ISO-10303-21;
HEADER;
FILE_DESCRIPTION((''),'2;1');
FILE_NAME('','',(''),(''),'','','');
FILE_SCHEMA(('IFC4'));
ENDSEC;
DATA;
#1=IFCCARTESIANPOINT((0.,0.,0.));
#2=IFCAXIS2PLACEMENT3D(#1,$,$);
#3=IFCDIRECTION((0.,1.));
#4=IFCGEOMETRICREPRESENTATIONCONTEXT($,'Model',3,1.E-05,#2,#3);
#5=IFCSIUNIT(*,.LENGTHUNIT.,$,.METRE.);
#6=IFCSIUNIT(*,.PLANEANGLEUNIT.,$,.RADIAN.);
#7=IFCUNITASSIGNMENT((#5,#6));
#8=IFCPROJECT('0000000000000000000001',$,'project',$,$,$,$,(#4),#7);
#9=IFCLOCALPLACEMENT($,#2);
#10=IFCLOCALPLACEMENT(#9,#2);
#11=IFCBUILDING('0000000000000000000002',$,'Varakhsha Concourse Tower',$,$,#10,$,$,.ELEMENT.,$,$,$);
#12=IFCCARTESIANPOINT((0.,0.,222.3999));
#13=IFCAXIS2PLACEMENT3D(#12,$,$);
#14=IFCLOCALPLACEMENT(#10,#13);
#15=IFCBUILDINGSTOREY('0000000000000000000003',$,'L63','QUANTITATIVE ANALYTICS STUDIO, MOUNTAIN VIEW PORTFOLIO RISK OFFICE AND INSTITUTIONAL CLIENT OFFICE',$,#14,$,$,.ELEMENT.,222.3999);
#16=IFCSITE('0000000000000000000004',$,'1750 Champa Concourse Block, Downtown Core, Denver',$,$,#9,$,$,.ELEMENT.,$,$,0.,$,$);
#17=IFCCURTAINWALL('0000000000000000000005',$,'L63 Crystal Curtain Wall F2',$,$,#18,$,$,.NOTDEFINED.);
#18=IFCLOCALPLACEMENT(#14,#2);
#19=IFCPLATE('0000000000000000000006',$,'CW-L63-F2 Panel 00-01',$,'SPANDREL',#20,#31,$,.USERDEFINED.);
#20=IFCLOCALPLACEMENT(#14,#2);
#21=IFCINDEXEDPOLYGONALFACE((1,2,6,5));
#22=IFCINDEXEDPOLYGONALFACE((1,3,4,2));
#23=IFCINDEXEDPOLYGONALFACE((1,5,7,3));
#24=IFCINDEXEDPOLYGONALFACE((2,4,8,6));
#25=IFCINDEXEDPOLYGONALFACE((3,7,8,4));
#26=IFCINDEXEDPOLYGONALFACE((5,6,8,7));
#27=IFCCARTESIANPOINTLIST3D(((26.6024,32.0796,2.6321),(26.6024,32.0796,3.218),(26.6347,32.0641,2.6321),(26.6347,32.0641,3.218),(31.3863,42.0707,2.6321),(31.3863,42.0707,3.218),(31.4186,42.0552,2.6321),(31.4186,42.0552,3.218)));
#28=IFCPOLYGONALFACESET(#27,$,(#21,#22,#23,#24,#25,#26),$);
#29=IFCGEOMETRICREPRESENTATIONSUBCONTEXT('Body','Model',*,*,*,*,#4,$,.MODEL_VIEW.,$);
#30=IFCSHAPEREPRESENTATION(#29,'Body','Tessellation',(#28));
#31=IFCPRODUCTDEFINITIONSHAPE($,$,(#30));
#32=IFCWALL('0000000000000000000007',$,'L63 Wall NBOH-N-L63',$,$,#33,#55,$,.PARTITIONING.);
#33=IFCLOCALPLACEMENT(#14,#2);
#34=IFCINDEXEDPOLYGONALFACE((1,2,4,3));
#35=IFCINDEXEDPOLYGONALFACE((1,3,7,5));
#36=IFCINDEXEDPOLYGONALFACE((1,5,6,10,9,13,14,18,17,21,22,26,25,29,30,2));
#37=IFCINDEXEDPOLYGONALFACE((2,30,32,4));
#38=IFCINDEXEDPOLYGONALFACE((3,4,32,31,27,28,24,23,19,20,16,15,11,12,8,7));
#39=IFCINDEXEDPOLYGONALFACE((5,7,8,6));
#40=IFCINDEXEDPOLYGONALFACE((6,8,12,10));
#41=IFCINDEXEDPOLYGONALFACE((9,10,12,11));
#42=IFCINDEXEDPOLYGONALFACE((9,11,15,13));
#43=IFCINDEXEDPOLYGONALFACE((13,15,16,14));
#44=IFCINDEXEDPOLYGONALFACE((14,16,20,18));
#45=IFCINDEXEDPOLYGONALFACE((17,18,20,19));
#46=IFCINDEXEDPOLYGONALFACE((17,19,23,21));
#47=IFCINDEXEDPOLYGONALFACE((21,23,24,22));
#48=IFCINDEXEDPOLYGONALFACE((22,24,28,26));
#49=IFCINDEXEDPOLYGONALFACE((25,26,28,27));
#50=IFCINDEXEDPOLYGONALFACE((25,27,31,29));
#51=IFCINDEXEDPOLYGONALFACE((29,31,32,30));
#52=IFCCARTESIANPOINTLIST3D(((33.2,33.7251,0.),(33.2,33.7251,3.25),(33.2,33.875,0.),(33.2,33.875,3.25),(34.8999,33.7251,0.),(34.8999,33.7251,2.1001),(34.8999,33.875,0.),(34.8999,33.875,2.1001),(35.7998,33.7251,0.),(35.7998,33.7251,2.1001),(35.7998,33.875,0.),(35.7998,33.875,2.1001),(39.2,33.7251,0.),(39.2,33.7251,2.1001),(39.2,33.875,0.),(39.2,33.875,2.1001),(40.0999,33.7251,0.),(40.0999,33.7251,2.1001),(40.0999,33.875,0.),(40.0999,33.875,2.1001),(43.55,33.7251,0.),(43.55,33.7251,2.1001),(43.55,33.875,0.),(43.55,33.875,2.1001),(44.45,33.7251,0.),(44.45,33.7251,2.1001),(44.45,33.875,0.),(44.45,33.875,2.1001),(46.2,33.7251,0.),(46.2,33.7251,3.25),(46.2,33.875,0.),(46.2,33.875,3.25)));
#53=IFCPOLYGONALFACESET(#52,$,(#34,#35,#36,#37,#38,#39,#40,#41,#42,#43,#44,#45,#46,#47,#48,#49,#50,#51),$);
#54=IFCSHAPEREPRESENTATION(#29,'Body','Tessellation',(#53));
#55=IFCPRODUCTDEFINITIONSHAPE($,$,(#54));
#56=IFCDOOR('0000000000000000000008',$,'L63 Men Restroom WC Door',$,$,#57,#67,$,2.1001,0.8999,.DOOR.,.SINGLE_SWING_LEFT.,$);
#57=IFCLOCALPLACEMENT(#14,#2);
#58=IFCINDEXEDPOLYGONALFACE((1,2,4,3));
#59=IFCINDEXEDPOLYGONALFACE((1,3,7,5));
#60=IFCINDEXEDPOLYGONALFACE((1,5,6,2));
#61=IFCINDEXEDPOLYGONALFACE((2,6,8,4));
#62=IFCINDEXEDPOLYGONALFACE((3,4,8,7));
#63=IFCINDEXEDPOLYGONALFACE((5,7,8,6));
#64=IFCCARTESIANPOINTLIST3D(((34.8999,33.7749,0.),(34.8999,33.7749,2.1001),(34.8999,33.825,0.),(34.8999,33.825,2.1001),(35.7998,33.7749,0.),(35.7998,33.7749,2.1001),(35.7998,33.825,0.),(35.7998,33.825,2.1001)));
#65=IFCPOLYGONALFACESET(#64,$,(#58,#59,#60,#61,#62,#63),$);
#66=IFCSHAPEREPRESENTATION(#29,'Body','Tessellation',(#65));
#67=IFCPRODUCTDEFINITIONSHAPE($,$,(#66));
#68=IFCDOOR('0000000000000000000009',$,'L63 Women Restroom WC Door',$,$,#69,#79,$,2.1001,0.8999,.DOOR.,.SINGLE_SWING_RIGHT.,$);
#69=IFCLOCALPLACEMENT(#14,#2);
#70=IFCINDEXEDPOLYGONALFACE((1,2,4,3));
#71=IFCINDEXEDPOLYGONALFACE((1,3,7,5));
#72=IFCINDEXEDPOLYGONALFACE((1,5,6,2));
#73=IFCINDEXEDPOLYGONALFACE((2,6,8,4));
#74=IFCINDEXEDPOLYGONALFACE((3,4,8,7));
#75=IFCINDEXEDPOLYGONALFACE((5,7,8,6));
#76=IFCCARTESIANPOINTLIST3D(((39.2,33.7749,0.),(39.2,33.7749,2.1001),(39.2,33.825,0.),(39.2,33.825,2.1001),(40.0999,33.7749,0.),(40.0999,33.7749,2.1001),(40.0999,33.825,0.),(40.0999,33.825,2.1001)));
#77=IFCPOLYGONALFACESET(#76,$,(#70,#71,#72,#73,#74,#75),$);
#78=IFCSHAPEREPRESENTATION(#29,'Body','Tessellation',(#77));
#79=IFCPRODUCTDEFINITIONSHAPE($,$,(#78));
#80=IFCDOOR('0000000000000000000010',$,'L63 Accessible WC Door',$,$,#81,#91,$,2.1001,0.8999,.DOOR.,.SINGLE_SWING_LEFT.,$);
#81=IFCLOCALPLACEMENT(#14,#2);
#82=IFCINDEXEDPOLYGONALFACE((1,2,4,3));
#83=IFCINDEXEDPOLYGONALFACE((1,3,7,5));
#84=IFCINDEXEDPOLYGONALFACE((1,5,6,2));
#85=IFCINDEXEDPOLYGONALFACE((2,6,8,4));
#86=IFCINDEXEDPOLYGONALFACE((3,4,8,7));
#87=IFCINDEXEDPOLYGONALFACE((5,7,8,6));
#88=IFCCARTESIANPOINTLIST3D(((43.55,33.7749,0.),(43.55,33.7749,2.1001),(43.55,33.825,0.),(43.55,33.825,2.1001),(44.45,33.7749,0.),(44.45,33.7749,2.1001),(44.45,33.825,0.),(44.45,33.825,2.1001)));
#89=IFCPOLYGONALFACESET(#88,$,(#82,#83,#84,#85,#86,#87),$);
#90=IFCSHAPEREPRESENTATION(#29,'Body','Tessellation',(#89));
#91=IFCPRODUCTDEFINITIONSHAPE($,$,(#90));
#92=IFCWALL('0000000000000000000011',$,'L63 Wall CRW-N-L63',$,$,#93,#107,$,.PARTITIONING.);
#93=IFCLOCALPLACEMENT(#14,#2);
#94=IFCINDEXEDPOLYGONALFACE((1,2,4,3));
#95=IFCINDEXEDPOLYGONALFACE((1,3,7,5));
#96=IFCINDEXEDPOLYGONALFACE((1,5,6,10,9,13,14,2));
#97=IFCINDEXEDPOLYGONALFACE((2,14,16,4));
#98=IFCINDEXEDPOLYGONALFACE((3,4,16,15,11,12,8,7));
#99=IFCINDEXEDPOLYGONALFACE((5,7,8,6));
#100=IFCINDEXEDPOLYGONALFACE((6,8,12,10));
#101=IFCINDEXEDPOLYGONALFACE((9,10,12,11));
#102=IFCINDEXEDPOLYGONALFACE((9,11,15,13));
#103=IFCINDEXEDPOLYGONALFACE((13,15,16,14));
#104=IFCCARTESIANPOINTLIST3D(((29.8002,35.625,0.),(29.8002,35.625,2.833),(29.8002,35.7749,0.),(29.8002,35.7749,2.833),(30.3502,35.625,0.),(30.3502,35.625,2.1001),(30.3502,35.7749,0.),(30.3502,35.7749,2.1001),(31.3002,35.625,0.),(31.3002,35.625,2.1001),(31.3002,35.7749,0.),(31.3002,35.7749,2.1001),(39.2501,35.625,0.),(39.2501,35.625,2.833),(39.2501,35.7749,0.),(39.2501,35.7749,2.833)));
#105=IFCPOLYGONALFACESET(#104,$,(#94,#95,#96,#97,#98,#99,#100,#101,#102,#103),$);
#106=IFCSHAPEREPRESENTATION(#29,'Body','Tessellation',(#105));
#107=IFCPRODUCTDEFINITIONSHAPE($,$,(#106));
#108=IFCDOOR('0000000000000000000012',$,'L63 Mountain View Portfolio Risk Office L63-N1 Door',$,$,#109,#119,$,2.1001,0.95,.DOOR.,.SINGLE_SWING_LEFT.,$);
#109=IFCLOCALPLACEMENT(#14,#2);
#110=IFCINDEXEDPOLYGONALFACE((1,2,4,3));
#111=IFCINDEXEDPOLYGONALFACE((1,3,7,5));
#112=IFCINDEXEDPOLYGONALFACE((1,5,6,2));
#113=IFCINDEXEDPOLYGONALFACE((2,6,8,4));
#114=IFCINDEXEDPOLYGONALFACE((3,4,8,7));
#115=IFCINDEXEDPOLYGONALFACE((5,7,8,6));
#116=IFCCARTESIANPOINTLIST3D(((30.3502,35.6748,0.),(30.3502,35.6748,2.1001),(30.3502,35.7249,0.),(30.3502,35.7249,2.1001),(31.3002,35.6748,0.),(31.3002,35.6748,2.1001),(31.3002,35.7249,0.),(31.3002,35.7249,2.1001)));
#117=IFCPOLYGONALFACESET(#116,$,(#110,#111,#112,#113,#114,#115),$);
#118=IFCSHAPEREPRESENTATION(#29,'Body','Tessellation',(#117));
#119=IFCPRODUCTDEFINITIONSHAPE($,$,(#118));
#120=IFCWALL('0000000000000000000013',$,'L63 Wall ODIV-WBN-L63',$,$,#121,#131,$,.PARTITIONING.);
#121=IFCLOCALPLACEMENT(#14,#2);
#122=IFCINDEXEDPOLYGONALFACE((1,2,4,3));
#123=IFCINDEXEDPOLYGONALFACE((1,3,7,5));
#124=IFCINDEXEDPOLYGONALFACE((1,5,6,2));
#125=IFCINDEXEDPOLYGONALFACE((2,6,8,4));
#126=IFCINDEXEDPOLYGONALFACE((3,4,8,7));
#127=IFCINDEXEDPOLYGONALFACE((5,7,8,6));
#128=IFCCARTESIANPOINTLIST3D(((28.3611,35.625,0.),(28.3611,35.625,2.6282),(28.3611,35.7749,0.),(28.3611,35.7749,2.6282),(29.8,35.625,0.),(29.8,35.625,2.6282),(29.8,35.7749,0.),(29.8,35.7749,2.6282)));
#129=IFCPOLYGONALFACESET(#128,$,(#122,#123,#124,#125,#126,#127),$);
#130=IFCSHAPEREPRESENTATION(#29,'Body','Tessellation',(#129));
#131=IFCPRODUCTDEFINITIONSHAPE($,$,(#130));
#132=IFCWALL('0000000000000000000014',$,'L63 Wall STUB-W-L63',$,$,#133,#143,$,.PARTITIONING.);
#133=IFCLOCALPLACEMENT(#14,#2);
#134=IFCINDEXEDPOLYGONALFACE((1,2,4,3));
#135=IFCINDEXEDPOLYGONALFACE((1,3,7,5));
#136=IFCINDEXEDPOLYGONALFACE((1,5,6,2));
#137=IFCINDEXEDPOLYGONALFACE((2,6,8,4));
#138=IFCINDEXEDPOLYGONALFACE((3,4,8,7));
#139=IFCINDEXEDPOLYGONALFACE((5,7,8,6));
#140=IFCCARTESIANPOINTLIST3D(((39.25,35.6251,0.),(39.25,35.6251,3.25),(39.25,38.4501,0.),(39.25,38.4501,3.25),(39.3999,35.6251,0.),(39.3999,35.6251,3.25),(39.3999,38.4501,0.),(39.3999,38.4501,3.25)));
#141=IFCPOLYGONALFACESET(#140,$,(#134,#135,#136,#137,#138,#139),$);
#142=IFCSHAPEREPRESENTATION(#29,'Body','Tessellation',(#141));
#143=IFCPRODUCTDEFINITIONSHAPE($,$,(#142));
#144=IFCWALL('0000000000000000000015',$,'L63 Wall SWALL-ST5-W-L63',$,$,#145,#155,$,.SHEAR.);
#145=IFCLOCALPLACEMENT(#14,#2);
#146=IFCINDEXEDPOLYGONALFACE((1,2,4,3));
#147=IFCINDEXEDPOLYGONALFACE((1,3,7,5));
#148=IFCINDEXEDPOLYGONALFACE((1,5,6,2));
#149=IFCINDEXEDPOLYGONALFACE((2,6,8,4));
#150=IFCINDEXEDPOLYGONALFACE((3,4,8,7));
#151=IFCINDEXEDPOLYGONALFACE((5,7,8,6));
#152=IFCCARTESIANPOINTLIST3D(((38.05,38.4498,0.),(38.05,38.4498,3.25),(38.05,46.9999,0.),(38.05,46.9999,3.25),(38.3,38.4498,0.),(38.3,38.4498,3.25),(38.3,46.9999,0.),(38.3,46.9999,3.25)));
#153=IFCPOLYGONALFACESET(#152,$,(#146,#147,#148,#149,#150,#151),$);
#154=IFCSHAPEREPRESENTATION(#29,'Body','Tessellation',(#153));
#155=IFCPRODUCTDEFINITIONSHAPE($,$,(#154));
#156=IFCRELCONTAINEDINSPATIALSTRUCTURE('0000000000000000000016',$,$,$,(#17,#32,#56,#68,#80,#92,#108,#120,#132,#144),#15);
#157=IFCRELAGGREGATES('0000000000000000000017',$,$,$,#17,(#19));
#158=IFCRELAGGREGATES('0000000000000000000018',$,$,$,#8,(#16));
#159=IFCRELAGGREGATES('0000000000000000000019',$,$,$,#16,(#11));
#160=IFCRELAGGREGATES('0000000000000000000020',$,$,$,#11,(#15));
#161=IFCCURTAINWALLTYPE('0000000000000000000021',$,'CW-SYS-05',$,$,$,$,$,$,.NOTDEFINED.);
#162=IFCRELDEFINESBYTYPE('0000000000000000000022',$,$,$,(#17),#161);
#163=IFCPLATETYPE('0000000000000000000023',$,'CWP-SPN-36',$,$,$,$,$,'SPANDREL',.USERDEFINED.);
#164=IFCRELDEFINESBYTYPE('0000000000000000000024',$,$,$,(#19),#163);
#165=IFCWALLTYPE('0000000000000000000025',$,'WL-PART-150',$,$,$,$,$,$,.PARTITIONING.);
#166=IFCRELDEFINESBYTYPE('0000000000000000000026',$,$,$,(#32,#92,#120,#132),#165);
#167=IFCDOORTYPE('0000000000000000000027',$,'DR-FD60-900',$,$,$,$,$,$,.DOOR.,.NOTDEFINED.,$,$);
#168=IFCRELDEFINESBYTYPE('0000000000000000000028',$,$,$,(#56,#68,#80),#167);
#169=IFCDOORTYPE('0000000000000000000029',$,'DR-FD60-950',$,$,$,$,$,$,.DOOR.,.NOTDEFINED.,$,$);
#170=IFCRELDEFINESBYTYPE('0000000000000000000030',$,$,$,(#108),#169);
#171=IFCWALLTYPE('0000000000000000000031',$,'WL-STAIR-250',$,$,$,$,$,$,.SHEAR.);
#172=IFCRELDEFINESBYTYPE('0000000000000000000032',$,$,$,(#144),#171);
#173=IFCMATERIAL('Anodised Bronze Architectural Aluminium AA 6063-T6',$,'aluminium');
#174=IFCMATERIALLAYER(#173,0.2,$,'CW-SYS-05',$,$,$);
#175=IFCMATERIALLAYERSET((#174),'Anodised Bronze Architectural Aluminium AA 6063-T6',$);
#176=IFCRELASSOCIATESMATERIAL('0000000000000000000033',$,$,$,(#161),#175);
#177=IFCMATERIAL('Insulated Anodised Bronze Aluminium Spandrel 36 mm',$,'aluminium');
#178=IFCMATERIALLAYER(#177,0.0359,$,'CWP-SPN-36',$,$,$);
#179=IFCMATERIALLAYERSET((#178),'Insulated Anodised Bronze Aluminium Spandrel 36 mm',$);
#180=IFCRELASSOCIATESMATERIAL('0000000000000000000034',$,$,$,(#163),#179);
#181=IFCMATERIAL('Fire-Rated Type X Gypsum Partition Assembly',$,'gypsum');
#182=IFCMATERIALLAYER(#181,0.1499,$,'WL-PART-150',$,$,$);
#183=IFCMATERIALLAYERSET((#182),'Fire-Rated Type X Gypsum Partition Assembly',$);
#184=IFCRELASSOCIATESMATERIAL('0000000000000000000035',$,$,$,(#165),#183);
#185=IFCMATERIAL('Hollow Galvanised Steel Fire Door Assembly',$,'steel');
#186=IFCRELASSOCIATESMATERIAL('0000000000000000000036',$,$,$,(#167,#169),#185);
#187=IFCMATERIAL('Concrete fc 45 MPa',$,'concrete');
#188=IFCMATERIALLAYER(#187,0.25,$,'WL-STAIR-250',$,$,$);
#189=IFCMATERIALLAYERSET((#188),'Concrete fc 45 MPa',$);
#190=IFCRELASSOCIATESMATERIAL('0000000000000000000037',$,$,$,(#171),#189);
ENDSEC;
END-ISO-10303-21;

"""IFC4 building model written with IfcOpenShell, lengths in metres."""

from ifc_helpers import new_model, si_unit, direction, frame, frame_2d, origin, origin_2d, place, context, subcontext, project, spatial, rectangle, extrude, source, transform, mapped, material, layer, layer_set, type_object, type_shapes, element, fill, aggregate, save


model = new_model("IFC4")

# Units and contexts
model_context = context("Model", 3, precision=1e-05, world=origin(), true_north=direction((0.0, 1.0)))
body_context = subcontext(model_context, "Body", "Model", "MODEL_VIEW")
ifc_project = project(units=[si_unit("LENGTHUNIT", "METRE"), si_unit("PLANEANGLEUNIT", "RADIAN")], contexts=[model_context])

# Site, building, storey
site_placement = place(None, origin())
site = spatial("IfcSite", under=ifc_project, at=site_placement, Name="1750 Champa Concourse Block, Downtown Core, Denver", CompositionType="ELEMENT", RefElevation=0.0)
building_placement = place(site_placement, origin())
building = spatial("IfcBuilding", under=site, at=building_placement, Name="Varakhsha Concourse Tower", CompositionType="ELEMENT")
storey_placement = place(building_placement, frame((0.0, 0.0, 222.3999)))
storey = spatial("IfcBuildingStorey", under=building, at=storey_placement, Name="L63", Description="QUANTITATIVE ANALYTICS STUDIO, MOUNTAIN VIEW PORTFOLIO RISK OFFICE AND INSTITUTIONAL CLIENT OFFICE", CompositionType="ELEMENT", Elevation=222.3999)

# Curtain wall
ifc_material_1 = material(Name="Anodised Bronze Architectural Aluminium AA 6063-T6", Category="aluminium")
ifc_layer_1 = layer(ifc_material_1, 0.2, Name="CW-SYS-05")
ifc_layer_set_1 = layer_set([ifc_layer_1], Name="Anodised Bronze Architectural Aluminium AA 6063-T6")
curtain_wall_type = type_object("IfcCurtainWallType", Name="CW-SYS-05", PredefinedType="NOTDEFINED", material=ifc_layer_set_1)
curtain_wall_1_placement = place(storey_placement, origin())
curtain_wall_1 = element("IfcCurtainWall", 1, at=curtain_wall_1_placement, inside=storey, type_object=curtain_wall_type, Name="L63 Crystal Curtain Wall F2", PredefinedType="NOTDEFINED")

# Plate
ifc_material_2 = material(Name="Insulated Anodised Bronze Aluminium Spandrel 36 mm", Category="aluminium")
ifc_layer_2 = layer(ifc_material_2, 0.0359, Name="CWP-SPN-36")
ifc_layer_set_2 = layer_set([ifc_layer_2], Name="Insulated Anodised Bronze Aluminium Spandrel 36 mm")
plate_type_1 = type_object("IfcPlateType", Name="CWP-SPN-36", ElementType="SPANDREL", PredefinedType="USERDEFINED", material=ifc_layer_set_2)
shared_shape_1 = source(origin(), body_context, "Body", "SweptSolid", [
    extrude(rectangle(XDim=11.0774, YDim=0.0359, at=origin_2d()), origin(), (0.0, 0.0, 1.0), 0.5859),
])
type_shapes(plate_type_1, [shared_shape_1])
plate_1_placement = place(storey_placement, frame((29.0105, 37.0674, 2.6321), z_axis=(0.0, 0.0, 1.0), x_axis=(0.431862, 0.90194, 0.0)))
plate_1 = element("IfcPlate", 2, at=plate_1_placement, type_object=plate_type_1, Name="CW-L63-F2 Panel 00-01", ObjectType="SPANDREL", PredefinedType="USERDEFINED", context=body_context, shape_type="MappedRepresentation", body=[
    mapped(shared_shape_1, transform((0.0, 0.0, 0.0), scale=1.0)),
])
aggregate(curtain_wall_1, [plate_1])

# Wall, openings, doors
ifc_material_3 = material(Name="Fire-Rated Type X Gypsum Partition Assembly", Category="gypsum")
ifc_layer_3 = layer(ifc_material_3, 0.1499, Name="WL-PART-150")
ifc_layer_set_3 = layer_set([ifc_layer_3], Name="Fire-Rated Type X Gypsum Partition Assembly")
wall_type_1 = type_object("IfcWallType", Name="WL-PART-150", PredefinedType="PARTITIONING", material=ifc_layer_set_3)
wall_1_placement = place(storey_placement, frame((33.2, 33.8, 0.0), z_axis=(0.0, 0.0, 1.0), x_axis=(1.0, 0.0, 0.0)))
wall_1 = element("IfcWall", 3, at=wall_1_placement, inside=storey, type_object=wall_type_1, Name="L63 Wall NBOH-N-L63", PredefinedType="PARTITIONING", context=body_context, shape_type="SweptSolid", body=[
    extrude(rectangle(XDim=13.0, YDim=0.1499, at=frame_2d((6.5, 0.0))), origin(), (0.0, 0.0, 1.0), 3.25),
])
opening_1_placement = place(wall_1_placement, frame((1.7, 0.0, 0.0)))
opening_1 = element("IfcOpeningElement", 4, at=opening_1_placement, cuts=wall_1, PredefinedType="OPENING", context=body_context, shape_type="SweptSolid", body=[
    extrude(rectangle(XDim=0.8999, YDim=2.1001, at=frame_2d((0.45, 1.05))), frame((0.0, 0.085, 0.0), z_axis=(0.0, -1.0, 0.0), x_axis=(1.0, 0.0, 0.0)), (0.0, 0.0, 1.0), 0.1699),
])
opening_2_placement = place(wall_1_placement, frame((6.0, 0.0, 0.0)))
opening_2 = element("IfcOpeningElement", 5, at=opening_2_placement, cuts=wall_1, PredefinedType="OPENING", context=body_context, shape_type="SweptSolid", body=[
    extrude(rectangle(XDim=0.8999, YDim=2.1001, at=frame_2d((0.45, 1.05))), frame((0.0, 0.085, 0.0), z_axis=(0.0, -1.0, 0.0), x_axis=(1.0, 0.0, 0.0)), (0.0, 0.0, 1.0), 0.1699),
])
opening_3_placement = place(wall_1_placement, frame((10.3501, 0.0, 0.0)))
opening_3 = element("IfcOpeningElement", 6, at=opening_3_placement, cuts=wall_1, PredefinedType="OPENING", context=body_context, shape_type="SweptSolid", body=[
    extrude(rectangle(XDim=0.8999, YDim=2.1001, at=frame_2d((0.45, 1.05))), frame((0.0, 0.085, 0.0), z_axis=(0.0, -1.0, 0.0), x_axis=(1.0, 0.0, 0.0)), (0.0, 0.0, 1.0), 0.1699),
])
ifc_material_4 = material(Name="Hollow Galvanised Steel Fire Door Assembly", Category="steel")
door_type_1 = type_object("IfcDoorType", Name="DR-FD60-900", OperationType="NOTDEFINED", PredefinedType="DOOR", material=ifc_material_4)
door_1_placement = place(opening_1_placement, origin())
door_1 = element("IfcDoor", 7, at=door_1_placement, inside=storey, type_object=door_type_1, Name="L63 Men Restroom WC Door", OperationType="SINGLE_SWING_LEFT", OverallHeight=2.1001, OverallWidth=0.8999, PredefinedType="DOOR", context=body_context, shape_type="SweptSolid", body=[
    extrude(rectangle(XDim=0.8999, YDim=2.1001, at=frame_2d((0.45, 1.05))), frame((0.0, 0.0249, 0.0), z_axis=(0.0, -1.0, 0.0), x_axis=(1.0, 0.0, 0.0)), (0.0, 0.0, 1.0), 0.05),
])
fill(opening_1, door_1)
door_2_placement = place(opening_2_placement, origin())
door_2 = element("IfcDoor", 8, at=door_2_placement, inside=storey, type_object=door_type_1, Name="L63 Women Restroom WC Door", OperationType="SINGLE_SWING_RIGHT", OverallHeight=2.1001, OverallWidth=0.8999, PredefinedType="DOOR", context=body_context, shape_type="SweptSolid", body=[
    extrude(rectangle(XDim=0.8999, YDim=2.1001, at=frame_2d((0.45, 1.05))), frame((0.0, 0.0249, 0.0), z_axis=(0.0, -1.0, 0.0), x_axis=(1.0, 0.0, 0.0)), (0.0, 0.0, 1.0), 0.05),
])
fill(opening_2, door_2)
door_3_placement = place(opening_3_placement, origin())
door_3 = element("IfcDoor", 9, at=door_3_placement, inside=storey, type_object=door_type_1, Name="L63 Accessible WC Door", OperationType="SINGLE_SWING_LEFT", OverallHeight=2.1001, OverallWidth=0.8999, PredefinedType="DOOR", context=body_context, shape_type="SweptSolid", body=[
    extrude(rectangle(XDim=0.8999, YDim=2.1001, at=frame_2d((0.45, 1.05))), frame((0.0, 0.0249, 0.0), z_axis=(0.0, -1.0, 0.0), x_axis=(1.0, 0.0, 0.0)), (0.0, 0.0, 1.0), 0.05),
])
fill(opening_3, door_3)

# Wall, opening, door
wall_2_placement = place(storey_placement, frame((29.8, 35.7, 0.0), z_axis=(0.0, 0.0, 1.0), x_axis=(1.0, 0.0, 0.0)))
wall_2 = element("IfcWall", 10, at=wall_2_placement, inside=storey, type_object=wall_type_1, Name="L63 Wall CRW-N-L63", PredefinedType="PARTITIONING", context=body_context, shape_type="SweptSolid", body=[
    extrude(rectangle(XDim=9.45, YDim=0.1499, at=frame_2d((4.7251, 0.0))), origin(), (0.0, 0.0, 1.0), 2.833),
])
opening_4_placement = place(wall_2_placement, frame((0.55, 0.0, 0.0)))
opening_4 = element("IfcOpeningElement", 11, at=opening_4_placement, cuts=wall_2, PredefinedType="OPENING", context=body_context, shape_type="SweptSolid", body=[
    extrude(rectangle(XDim=0.95, YDim=2.1001, at=frame_2d((0.4751, 1.05))), frame((0.0, 0.085, 0.0), z_axis=(0.0, -1.0, 0.0), x_axis=(1.0, 0.0, 0.0)), (0.0, 0.0, 1.0), 0.1699),
])
door_type_2 = type_object("IfcDoorType", Name="DR-FD60-950", OperationType="NOTDEFINED", PredefinedType="DOOR", material=ifc_material_4)
door_4_placement = place(opening_4_placement, origin())
door_4 = element("IfcDoor", 12, at=door_4_placement, inside=storey, type_object=door_type_2, Name="L63 Mountain View Portfolio Risk Office L63-N1 Door", OperationType="SINGLE_SWING_LEFT", OverallHeight=2.1001, OverallWidth=0.95, PredefinedType="DOOR", context=body_context, shape_type="SweptSolid", body=[
    extrude(rectangle(XDim=0.95, YDim=2.1001, at=frame_2d((0.4751, 1.05))), frame((0.0, 0.0249, 0.0), z_axis=(0.0, -1.0, 0.0), x_axis=(1.0, 0.0, 0.0)), (0.0, 0.0, 1.0), 0.05),
])
fill(opening_4, door_4)

# Walls
wall_3_placement = place(storey_placement, frame((28.3611, 35.7, 0.0), z_axis=(0.0, 0.0, 1.0), x_axis=(1.0, 0.0, 0.0)))
element("IfcWall", 13, at=wall_3_placement, inside=storey, type_object=wall_type_1, Name="L63 Wall ODIV-WBN-L63", PredefinedType="PARTITIONING", context=body_context, shape_type="SweptSolid", body=[
    extrude(rectangle(XDim=1.439, YDim=0.1499, at=frame_2d((0.7195, 0.0))), origin(), (0.0, 0.0, 1.0), 2.6282),
])
wall_4_placement = place(storey_placement, frame((39.325, 35.625, 0.0), z_axis=(0.0, 0.0, 1.0), x_axis=(0.0, 1.0, 0.0)))
element("IfcWall", 14, at=wall_4_placement, inside=storey, type_object=wall_type_1, Name="L63 Wall STUB-W-L63", PredefinedType="PARTITIONING", context=body_context, shape_type="SweptSolid", body=[
    extrude(rectangle(XDim=2.825, YDim=0.1499, at=frame_2d((1.4126, 0.0))), origin(), (0.0, 0.0, 1.0), 3.25),
])
ifc_material_5 = material(Name="Concrete fc 45 MPa", Category="concrete")
ifc_layer_4 = layer(ifc_material_5, 0.25, Name="WL-STAIR-250")
ifc_layer_set_4 = layer_set([ifc_layer_4], Name="Concrete fc 45 MPa")
wall_type_2 = type_object("IfcWallType", Name="WL-STAIR-250", PredefinedType="SHEAR", material=ifc_layer_set_4)
wall_5_placement = place(storey_placement, frame((38.175, 38.45, 0.0), z_axis=(0.0, 0.0, 1.0), x_axis=(0.0, 1.0, 0.0)))
element("IfcWall", 15, at=wall_5_placement, inside=storey, type_object=wall_type_2, Name="L63 Wall SWALL-ST5-W-L63", PredefinedType="SHEAR", context=body_context, shape_type="SweptSolid", body=[
    extrude(rectangle(XDim=8.55, YDim=0.25, at=frame_2d((4.2749, 0.0))), origin(), (0.0, 0.0, 1.0), 3.25),
])

save(model, "model.ifc")
